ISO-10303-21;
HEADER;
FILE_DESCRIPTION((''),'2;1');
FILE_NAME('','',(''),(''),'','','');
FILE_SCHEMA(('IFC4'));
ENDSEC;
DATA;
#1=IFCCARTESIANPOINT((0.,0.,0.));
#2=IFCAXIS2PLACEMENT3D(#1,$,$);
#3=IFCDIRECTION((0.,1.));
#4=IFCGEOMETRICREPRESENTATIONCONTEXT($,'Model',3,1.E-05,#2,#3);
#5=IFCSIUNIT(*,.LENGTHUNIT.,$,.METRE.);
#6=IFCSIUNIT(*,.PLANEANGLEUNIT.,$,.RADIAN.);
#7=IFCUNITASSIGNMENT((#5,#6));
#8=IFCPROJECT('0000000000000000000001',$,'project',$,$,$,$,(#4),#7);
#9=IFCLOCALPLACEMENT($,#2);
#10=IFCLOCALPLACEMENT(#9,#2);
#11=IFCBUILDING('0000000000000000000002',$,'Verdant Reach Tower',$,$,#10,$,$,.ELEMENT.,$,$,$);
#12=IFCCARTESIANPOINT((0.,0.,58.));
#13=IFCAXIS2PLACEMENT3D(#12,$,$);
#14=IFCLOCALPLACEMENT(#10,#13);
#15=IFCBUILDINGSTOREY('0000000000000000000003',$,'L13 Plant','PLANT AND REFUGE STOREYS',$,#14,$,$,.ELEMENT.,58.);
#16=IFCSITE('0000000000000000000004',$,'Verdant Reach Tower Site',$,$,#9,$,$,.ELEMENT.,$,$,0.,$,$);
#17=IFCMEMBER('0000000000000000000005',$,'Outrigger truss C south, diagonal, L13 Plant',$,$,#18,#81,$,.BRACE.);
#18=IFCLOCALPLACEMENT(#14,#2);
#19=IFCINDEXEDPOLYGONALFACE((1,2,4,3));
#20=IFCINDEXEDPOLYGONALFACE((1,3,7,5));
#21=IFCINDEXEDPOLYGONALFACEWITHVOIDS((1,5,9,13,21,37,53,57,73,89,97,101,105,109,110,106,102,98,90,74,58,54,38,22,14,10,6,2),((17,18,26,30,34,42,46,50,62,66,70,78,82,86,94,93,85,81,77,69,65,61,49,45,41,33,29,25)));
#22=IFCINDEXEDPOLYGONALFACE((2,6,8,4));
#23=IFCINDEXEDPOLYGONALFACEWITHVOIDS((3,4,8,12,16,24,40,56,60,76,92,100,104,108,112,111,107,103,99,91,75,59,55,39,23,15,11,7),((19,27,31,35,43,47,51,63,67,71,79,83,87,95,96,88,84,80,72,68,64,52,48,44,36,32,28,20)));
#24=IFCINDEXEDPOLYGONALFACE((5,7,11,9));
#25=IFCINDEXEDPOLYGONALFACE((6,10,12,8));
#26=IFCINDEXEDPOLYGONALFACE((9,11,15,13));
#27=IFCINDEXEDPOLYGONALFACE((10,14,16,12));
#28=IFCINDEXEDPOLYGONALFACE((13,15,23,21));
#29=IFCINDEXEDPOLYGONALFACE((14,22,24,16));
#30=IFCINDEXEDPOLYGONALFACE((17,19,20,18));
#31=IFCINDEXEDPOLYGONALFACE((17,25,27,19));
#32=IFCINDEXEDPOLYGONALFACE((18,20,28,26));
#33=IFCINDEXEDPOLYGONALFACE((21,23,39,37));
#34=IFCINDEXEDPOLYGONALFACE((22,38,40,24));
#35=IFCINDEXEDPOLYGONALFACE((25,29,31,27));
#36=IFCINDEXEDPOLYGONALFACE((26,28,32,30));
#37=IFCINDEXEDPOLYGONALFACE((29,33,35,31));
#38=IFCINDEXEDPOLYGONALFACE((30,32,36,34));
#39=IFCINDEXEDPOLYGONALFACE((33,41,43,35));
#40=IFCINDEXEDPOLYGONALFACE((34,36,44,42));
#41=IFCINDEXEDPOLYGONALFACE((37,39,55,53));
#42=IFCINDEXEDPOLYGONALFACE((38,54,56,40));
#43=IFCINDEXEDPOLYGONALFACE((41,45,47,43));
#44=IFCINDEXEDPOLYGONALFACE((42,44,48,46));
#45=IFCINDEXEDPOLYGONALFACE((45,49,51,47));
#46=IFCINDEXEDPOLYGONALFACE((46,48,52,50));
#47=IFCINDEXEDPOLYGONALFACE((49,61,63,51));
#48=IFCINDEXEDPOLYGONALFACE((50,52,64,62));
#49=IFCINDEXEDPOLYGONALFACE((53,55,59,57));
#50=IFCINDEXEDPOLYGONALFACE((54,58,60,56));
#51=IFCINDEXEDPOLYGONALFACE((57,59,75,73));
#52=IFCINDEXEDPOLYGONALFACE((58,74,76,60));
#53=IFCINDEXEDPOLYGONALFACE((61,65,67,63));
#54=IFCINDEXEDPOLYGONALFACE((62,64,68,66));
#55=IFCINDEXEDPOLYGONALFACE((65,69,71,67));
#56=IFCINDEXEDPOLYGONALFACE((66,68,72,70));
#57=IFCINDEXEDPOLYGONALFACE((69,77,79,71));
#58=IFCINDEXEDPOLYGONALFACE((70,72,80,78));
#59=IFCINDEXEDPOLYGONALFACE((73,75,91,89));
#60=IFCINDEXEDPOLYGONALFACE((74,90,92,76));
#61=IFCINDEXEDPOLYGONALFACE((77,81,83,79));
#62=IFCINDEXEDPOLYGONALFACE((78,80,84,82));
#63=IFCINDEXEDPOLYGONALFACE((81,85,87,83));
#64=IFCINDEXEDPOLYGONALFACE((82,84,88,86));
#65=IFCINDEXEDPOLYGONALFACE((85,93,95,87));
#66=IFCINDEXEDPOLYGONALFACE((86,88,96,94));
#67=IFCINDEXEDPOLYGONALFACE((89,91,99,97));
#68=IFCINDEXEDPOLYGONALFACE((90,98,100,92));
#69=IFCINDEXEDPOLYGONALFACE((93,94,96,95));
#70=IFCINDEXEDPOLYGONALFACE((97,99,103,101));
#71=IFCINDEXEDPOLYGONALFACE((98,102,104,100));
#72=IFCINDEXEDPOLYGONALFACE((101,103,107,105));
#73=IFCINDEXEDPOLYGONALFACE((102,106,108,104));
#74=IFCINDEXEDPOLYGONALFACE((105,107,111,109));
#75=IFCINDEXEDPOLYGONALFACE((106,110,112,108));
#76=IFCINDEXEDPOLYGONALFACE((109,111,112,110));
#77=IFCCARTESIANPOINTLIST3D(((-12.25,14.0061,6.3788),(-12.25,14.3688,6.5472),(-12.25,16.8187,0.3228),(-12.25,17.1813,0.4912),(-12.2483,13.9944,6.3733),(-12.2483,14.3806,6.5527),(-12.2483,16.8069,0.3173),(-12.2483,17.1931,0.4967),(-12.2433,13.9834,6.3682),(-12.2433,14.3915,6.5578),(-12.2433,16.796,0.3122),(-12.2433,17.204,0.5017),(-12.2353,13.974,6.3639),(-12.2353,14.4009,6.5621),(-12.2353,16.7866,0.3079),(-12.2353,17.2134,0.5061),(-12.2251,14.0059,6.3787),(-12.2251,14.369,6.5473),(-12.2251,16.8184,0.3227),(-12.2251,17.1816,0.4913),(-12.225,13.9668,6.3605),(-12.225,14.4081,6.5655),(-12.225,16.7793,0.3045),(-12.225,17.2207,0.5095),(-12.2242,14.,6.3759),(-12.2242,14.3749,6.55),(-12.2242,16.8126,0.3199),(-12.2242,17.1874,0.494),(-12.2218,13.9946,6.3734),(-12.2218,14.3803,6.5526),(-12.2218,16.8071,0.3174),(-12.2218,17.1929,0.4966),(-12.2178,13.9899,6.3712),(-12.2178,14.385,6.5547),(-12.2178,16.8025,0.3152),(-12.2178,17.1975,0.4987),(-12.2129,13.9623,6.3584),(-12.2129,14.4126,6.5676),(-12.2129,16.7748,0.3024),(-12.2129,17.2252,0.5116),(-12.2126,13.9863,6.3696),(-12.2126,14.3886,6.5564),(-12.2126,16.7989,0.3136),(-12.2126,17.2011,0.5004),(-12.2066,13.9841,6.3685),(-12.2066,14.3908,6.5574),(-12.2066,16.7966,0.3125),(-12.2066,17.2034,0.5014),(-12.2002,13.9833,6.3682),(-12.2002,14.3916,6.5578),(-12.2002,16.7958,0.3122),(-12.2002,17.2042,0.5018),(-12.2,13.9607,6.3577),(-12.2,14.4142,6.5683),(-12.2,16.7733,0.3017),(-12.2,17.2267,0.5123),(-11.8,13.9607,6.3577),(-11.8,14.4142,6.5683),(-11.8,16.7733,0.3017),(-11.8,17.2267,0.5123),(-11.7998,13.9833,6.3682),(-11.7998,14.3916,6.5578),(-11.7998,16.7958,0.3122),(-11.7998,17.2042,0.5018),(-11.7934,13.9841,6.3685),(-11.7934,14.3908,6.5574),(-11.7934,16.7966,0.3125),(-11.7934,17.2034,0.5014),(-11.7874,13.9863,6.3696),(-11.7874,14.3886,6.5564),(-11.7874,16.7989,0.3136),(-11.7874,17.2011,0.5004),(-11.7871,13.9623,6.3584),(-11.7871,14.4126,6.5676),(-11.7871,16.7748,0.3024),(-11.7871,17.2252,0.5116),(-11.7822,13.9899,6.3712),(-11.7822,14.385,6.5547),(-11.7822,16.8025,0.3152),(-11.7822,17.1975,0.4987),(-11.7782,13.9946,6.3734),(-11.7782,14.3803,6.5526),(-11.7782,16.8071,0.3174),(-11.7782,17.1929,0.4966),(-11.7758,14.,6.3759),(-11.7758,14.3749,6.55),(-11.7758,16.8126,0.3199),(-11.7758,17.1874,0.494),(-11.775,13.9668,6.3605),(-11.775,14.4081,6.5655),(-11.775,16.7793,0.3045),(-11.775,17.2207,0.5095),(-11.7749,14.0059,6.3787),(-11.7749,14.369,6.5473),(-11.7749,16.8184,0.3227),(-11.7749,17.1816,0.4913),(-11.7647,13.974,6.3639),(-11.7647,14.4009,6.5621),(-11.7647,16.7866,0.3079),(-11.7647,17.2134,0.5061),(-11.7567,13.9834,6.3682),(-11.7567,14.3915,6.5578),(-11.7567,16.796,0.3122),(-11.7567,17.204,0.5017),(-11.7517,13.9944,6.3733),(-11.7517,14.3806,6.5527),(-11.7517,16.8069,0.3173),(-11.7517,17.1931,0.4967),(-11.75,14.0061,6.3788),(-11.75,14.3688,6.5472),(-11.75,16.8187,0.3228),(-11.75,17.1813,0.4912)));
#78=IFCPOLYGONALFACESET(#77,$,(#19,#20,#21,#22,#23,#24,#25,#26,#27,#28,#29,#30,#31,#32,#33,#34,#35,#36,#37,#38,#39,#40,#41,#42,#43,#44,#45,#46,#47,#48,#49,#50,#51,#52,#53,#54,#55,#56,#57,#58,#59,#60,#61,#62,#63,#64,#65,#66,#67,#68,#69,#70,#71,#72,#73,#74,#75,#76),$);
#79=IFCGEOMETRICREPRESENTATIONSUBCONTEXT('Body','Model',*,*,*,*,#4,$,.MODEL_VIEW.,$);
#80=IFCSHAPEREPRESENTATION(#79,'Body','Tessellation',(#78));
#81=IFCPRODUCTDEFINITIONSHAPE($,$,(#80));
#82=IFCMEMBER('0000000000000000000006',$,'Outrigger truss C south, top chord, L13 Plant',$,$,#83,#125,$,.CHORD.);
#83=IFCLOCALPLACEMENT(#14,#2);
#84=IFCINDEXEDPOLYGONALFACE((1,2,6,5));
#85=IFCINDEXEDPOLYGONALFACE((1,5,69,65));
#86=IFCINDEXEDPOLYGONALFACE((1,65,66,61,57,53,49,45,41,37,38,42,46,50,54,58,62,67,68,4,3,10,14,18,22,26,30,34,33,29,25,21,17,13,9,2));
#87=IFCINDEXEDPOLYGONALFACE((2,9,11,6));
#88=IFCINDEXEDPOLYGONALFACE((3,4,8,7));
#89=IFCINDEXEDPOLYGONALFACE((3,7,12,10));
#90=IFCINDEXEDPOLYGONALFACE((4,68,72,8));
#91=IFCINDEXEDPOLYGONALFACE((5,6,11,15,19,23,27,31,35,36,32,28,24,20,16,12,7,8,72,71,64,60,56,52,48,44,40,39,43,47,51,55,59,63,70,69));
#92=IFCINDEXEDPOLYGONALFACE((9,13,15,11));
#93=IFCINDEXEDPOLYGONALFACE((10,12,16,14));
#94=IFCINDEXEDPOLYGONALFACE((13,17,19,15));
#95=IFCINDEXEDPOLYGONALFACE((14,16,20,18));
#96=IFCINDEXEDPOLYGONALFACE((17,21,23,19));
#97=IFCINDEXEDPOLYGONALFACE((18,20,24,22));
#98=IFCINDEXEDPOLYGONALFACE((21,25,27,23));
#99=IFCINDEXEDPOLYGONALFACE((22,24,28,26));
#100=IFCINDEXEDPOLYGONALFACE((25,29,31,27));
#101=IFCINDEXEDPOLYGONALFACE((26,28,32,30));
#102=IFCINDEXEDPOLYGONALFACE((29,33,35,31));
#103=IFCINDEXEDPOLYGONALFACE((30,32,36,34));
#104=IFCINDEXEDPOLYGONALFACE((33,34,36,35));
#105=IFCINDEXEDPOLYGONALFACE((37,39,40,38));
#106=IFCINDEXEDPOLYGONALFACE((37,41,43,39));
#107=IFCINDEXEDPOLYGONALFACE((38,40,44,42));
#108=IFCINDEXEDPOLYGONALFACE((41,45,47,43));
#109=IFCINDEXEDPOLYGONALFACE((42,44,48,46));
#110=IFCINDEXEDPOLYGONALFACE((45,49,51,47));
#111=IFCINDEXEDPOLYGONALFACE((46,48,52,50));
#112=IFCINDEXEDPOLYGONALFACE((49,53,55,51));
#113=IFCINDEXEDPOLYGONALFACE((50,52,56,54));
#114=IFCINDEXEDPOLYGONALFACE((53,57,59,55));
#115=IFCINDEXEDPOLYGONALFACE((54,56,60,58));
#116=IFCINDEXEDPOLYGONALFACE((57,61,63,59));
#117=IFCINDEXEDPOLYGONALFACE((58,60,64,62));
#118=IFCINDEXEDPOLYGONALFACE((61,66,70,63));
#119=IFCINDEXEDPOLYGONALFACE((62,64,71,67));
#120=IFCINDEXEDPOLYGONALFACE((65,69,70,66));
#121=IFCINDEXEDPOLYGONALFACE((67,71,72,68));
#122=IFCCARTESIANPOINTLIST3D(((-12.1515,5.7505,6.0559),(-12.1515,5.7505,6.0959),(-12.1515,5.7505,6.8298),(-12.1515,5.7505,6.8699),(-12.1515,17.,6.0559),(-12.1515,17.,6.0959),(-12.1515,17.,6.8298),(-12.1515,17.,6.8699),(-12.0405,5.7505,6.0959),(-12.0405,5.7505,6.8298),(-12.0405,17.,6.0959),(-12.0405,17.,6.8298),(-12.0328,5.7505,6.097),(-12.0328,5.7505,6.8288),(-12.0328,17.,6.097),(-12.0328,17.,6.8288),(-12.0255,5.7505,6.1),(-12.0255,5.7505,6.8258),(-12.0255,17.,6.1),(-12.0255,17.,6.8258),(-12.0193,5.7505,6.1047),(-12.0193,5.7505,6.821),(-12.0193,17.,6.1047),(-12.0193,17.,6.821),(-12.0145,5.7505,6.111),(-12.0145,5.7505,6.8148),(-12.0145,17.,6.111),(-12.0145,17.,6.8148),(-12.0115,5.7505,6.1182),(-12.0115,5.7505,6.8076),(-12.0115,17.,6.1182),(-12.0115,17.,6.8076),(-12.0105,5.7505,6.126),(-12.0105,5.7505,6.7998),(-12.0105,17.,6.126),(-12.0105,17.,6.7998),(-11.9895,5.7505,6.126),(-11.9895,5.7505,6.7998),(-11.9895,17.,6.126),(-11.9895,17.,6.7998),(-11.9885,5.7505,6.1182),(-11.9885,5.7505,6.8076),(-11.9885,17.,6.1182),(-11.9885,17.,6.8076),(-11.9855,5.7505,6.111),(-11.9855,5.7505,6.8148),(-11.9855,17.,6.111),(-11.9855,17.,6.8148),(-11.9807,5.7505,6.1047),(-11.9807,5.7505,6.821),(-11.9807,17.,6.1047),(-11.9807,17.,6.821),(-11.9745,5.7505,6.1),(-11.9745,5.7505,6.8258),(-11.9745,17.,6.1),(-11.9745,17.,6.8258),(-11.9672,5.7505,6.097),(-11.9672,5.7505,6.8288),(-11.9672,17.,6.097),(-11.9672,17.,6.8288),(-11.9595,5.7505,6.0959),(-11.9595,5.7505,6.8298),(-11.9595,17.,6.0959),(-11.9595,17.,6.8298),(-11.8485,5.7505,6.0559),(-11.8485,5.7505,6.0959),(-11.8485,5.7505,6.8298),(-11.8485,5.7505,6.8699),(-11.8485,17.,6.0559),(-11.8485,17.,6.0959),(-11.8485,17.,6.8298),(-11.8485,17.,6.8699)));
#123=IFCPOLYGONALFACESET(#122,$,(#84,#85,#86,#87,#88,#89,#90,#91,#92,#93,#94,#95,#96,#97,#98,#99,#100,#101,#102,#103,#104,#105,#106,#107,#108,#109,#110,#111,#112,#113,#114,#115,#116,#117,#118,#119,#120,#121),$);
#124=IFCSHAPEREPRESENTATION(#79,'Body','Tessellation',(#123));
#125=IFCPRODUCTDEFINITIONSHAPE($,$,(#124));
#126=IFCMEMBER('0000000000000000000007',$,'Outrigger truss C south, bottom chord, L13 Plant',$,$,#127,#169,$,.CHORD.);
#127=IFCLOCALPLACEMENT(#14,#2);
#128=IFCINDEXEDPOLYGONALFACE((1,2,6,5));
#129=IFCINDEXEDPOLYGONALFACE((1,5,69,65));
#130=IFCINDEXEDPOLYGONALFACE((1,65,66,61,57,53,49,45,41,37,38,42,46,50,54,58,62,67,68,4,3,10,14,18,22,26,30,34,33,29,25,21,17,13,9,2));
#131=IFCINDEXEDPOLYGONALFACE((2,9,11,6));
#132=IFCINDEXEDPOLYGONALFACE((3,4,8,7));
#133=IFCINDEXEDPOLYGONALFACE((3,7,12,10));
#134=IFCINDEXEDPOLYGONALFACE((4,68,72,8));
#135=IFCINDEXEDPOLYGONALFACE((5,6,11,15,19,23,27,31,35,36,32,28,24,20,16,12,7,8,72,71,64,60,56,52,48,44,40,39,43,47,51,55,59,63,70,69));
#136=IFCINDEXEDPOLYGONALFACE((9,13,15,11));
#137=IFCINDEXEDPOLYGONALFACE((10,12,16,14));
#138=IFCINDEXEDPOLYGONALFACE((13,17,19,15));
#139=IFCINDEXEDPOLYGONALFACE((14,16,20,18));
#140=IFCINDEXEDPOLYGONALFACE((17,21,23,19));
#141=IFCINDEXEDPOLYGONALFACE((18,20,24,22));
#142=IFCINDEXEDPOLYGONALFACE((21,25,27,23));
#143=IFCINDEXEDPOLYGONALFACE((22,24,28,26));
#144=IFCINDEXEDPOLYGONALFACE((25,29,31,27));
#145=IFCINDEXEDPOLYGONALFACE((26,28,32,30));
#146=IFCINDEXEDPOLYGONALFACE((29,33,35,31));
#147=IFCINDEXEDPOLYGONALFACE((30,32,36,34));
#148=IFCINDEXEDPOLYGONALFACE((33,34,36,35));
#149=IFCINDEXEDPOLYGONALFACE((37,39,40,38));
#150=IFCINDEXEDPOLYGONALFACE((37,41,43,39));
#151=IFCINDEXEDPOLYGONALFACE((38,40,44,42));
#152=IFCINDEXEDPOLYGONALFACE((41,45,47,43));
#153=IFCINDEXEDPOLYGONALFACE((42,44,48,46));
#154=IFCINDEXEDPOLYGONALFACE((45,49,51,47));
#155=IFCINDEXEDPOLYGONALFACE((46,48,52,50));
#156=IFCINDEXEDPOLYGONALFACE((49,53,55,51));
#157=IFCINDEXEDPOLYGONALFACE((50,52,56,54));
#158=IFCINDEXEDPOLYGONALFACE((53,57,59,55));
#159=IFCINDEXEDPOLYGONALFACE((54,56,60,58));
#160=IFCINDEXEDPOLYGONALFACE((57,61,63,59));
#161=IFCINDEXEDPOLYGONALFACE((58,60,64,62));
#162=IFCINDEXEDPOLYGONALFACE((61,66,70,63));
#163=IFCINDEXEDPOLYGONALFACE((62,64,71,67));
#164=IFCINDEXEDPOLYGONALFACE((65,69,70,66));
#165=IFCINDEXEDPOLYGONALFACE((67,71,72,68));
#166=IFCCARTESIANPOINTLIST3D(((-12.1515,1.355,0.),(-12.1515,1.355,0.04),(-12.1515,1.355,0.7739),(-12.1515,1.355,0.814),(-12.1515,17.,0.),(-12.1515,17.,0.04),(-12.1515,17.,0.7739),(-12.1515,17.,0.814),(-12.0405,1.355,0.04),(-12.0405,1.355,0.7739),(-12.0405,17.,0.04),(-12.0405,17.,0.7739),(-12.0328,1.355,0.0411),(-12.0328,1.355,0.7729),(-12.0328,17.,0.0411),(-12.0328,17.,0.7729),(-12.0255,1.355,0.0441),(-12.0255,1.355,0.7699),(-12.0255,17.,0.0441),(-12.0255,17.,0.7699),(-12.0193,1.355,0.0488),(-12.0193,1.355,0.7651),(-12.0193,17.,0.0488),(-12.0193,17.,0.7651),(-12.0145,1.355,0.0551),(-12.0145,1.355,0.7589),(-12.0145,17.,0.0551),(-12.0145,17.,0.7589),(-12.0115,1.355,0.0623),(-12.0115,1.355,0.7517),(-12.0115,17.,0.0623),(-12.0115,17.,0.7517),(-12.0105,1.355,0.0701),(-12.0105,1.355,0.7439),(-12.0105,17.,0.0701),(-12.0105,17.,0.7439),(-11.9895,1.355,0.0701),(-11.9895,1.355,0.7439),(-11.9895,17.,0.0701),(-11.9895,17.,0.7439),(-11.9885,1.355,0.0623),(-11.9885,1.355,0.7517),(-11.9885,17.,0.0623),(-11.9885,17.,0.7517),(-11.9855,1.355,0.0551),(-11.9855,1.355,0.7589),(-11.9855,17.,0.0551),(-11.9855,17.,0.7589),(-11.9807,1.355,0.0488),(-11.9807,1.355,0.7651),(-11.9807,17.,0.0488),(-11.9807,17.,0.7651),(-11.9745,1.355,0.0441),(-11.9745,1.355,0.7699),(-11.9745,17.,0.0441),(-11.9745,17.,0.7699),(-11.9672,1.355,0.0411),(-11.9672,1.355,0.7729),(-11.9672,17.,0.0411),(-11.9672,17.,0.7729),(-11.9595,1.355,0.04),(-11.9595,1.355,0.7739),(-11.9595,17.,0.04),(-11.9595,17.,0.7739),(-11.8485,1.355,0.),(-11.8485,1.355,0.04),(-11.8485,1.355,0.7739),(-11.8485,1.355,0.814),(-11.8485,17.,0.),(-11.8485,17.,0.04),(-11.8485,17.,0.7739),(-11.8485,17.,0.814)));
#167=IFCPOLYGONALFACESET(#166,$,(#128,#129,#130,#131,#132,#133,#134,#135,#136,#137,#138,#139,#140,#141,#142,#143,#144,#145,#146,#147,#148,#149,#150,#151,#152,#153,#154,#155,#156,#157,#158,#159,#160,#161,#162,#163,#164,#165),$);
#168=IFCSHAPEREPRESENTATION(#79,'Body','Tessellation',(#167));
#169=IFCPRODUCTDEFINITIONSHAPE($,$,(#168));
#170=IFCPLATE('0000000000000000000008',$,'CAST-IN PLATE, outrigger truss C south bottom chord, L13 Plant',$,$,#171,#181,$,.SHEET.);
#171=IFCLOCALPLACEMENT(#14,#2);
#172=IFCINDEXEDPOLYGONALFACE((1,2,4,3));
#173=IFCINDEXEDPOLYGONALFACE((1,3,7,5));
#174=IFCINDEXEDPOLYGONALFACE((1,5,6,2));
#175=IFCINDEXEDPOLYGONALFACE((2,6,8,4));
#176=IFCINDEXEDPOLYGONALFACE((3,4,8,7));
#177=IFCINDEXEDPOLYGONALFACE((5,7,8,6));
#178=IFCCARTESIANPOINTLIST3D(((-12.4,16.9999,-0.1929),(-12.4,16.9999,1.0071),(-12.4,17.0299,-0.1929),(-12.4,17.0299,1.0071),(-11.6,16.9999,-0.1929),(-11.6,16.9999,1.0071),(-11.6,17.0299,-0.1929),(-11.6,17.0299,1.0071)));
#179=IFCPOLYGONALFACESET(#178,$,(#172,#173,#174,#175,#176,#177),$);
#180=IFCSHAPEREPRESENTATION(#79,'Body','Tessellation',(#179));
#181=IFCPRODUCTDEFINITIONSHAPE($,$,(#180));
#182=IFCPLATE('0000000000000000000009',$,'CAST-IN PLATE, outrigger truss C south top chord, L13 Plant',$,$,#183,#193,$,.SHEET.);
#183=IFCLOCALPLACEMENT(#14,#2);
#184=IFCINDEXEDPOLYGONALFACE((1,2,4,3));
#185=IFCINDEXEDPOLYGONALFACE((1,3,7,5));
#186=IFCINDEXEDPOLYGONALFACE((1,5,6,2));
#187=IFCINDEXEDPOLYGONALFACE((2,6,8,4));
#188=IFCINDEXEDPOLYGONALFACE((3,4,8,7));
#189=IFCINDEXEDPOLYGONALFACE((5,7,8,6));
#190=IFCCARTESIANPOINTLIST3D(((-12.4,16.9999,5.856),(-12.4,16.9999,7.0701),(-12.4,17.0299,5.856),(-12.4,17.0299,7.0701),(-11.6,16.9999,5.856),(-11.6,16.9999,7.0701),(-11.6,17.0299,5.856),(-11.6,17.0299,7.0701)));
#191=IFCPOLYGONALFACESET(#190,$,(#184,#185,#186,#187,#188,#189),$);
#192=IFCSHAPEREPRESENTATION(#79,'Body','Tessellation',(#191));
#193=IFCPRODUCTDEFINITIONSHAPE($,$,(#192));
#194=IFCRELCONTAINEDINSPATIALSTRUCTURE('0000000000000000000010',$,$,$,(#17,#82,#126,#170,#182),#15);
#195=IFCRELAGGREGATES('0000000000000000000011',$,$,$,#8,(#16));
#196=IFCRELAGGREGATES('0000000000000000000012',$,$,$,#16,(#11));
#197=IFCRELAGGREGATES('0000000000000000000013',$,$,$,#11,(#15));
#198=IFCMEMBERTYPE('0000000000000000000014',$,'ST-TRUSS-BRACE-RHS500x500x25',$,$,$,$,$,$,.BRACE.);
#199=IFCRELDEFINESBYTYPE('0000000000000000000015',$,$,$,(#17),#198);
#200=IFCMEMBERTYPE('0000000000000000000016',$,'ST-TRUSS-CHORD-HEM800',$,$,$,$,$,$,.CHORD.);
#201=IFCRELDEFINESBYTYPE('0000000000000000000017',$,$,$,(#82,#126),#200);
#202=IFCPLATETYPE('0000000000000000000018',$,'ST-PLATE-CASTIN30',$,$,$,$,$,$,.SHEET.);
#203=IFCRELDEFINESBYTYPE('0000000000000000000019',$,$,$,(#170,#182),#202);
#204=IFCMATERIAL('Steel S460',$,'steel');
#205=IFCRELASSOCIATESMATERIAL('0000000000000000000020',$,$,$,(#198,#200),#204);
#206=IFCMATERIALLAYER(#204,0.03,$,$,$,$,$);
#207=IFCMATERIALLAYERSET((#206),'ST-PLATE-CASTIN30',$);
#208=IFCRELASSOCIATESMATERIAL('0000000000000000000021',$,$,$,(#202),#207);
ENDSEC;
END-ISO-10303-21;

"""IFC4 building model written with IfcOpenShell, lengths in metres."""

from ifc_helpers import new_model, si_unit, direction, frame, origin, origin_2d, place, context, subcontext, project, spatial, rectangle, hollow_rectangle, i_section, extrude, material, layer, layer_set, material_profile, profile_set, type_object, element, save


model = new_model("IFC4")

# Units and contexts
model_context = context("Model", 3, precision=1e-05, world=origin(), true_north=direction((0.0, 1.0)))
body_context = subcontext(model_context, "Body", "Model", "MODEL_VIEW")
ifc_project = project(units=[si_unit("LENGTHUNIT", "METRE"), si_unit("PLANEANGLEUNIT", "RADIAN")], contexts=[model_context])

# Site, building, storey
site_placement = place(None, origin())
site = spatial("IfcSite", under=ifc_project, at=site_placement, Name="Verdant Reach Tower Site", CompositionType="ELEMENT", RefElevation=0.0)
building_placement = place(site_placement, origin())
building = spatial("IfcBuilding", under=site, at=building_placement, Name="Verdant Reach Tower", CompositionType="ELEMENT")
storey_placement = place(building_placement, frame((0.0, 0.0, 58.0)))
storey = spatial("IfcBuildingStorey", under=building, at=storey_placement, Name="L13 Plant", Description="PLANT AND REFUGE STOREYS", CompositionType="ELEMENT", Elevation=58.0)

# Members
ifc_material_1 = material(Name="Steel S460", Category="steel")
ifc_material_profile_1 = material_profile(ifc_material_1, hollow_rectangle(XDim=0.5, YDim=0.5, WallThickness=0.0249, InnerFilletRadius=0.0249, OuterFilletRadius=0.05, at=origin_2d()), Name="RHS 500x500x25")
ifc_profile_set_1 = profile_set([ifc_material_profile_1], Name="Steel S460")
member_type_1 = type_object("IfcMemberType", Name="ST-TRUSS-BRACE-RHS500x500x25", PredefinedType="BRACE", material=ifc_profile_set_1)
member_1_placement = place(storey_placement, frame((-12.0, 17.0, 0.407), z_axis=(0.0, -0.421213, 0.906962), x_axis=(1.0, 0.0, 0.0)))
element("IfcMember", 1, at=member_1_placement, inside=storey, type_object=member_type_1, Name="Outrigger truss C south, diagonal, L13 Plant", PredefinedType="BRACE", context=body_context, shape_type="SweptSolid", body=[
    extrude(hollow_rectangle(XDim=0.5, YDim=0.5, WallThickness=0.0249, InnerFilletRadius=0.0249, OuterFilletRadius=0.05, at=origin_2d()), origin(), (0.0, 0.0, 1.0), 6.6772),
])
ifc_material_profile_2 = material_profile(ifc_material_1, i_section(OverallWidth=0.303, OverallDepth=0.814, WebThickness=0.021, FlangeThickness=0.04, FilletRadius=0.03, at=origin_2d()), Name="HEM 800")
ifc_profile_set_2 = profile_set([ifc_material_profile_2], Name="Steel S460")
member_type_2 = type_object("IfcMemberType", Name="ST-TRUSS-CHORD-HEM800", PredefinedType="CHORD", material=ifc_profile_set_2)
member_2_placement = place(storey_placement, frame((-12.0, 17.0, 6.4629), z_axis=(0.0, -1.0, 0.0), x_axis=(1.0, 0.0, 0.0)))
element("IfcMember", 2, at=member_2_placement, inside=storey, type_object=member_type_2, Name="Outrigger truss C south, top chord, L13 Plant", PredefinedType="CHORD", context=body_context, shape_type="SweptSolid", body=[
    extrude(i_section(OverallWidth=0.303, OverallDepth=0.814, WebThickness=0.021, FlangeThickness=0.04, FilletRadius=0.03, at=origin_2d()), origin(), (0.0, 0.0, 1.0), 11.2495),
])
member_3_placement = place(storey_placement, frame((-12.0, 17.0, 0.407), z_axis=(0.0, -1.0, 0.0), x_axis=(1.0, 0.0, 0.0)))
element("IfcMember", 3, at=member_3_placement, inside=storey, type_object=member_type_2, Name="Outrigger truss C south, bottom chord, L13 Plant", PredefinedType="CHORD", context=body_context, shape_type="SweptSolid", body=[
    extrude(i_section(OverallWidth=0.303, OverallDepth=0.814, WebThickness=0.021, FlangeThickness=0.04, FilletRadius=0.03, at=origin_2d()), origin(), (0.0, 0.0, 1.0), 15.645),
])

# Plates
ifc_layer_1 = layer(ifc_material_1, 0.03)
ifc_layer_set_1 = layer_set([ifc_layer_1], Name="ST-PLATE-CASTIN30")
plate_type = type_object("IfcPlateType", Name="ST-PLATE-CASTIN30", PredefinedType="SHEET", material=ifc_layer_set_1)
plate_1_placement = place(storey_placement, frame((-12.0, 17.0149, -0.1929), z_axis=(0.0, 0.0, 1.0), x_axis=(1.0, 0.0, 0.0)))
element("IfcPlate", 4, at=plate_1_placement, inside=storey, type_object=plate_type, Name="CAST-IN PLATE, outrigger truss C south bottom chord, L13 Plant", PredefinedType="SHEET", context=body_context, shape_type="SweptSolid", body=[
    extrude(rectangle(XDim=0.8, YDim=0.03, at=origin_2d()), origin(), (0.0, 0.0, 1.0), 1.2),
])
plate_2_placement = place(storey_placement, frame((-12.0, 17.0149, 5.856), z_axis=(0.0, 0.0, 1.0), x_axis=(1.0, 0.0, 0.0)))
element("IfcPlate", 5, at=plate_2_placement, inside=storey, type_object=plate_type, Name="CAST-IN PLATE, outrigger truss C south top chord, L13 Plant", PredefinedType="SHEET", context=body_context, shape_type="SweptSolid", body=[
    extrude(rectangle(XDim=0.8, YDim=0.03, at=origin_2d()), origin(), (0.0, 0.0, 1.0), 1.2141),
])

save(model, "model.ifc")
